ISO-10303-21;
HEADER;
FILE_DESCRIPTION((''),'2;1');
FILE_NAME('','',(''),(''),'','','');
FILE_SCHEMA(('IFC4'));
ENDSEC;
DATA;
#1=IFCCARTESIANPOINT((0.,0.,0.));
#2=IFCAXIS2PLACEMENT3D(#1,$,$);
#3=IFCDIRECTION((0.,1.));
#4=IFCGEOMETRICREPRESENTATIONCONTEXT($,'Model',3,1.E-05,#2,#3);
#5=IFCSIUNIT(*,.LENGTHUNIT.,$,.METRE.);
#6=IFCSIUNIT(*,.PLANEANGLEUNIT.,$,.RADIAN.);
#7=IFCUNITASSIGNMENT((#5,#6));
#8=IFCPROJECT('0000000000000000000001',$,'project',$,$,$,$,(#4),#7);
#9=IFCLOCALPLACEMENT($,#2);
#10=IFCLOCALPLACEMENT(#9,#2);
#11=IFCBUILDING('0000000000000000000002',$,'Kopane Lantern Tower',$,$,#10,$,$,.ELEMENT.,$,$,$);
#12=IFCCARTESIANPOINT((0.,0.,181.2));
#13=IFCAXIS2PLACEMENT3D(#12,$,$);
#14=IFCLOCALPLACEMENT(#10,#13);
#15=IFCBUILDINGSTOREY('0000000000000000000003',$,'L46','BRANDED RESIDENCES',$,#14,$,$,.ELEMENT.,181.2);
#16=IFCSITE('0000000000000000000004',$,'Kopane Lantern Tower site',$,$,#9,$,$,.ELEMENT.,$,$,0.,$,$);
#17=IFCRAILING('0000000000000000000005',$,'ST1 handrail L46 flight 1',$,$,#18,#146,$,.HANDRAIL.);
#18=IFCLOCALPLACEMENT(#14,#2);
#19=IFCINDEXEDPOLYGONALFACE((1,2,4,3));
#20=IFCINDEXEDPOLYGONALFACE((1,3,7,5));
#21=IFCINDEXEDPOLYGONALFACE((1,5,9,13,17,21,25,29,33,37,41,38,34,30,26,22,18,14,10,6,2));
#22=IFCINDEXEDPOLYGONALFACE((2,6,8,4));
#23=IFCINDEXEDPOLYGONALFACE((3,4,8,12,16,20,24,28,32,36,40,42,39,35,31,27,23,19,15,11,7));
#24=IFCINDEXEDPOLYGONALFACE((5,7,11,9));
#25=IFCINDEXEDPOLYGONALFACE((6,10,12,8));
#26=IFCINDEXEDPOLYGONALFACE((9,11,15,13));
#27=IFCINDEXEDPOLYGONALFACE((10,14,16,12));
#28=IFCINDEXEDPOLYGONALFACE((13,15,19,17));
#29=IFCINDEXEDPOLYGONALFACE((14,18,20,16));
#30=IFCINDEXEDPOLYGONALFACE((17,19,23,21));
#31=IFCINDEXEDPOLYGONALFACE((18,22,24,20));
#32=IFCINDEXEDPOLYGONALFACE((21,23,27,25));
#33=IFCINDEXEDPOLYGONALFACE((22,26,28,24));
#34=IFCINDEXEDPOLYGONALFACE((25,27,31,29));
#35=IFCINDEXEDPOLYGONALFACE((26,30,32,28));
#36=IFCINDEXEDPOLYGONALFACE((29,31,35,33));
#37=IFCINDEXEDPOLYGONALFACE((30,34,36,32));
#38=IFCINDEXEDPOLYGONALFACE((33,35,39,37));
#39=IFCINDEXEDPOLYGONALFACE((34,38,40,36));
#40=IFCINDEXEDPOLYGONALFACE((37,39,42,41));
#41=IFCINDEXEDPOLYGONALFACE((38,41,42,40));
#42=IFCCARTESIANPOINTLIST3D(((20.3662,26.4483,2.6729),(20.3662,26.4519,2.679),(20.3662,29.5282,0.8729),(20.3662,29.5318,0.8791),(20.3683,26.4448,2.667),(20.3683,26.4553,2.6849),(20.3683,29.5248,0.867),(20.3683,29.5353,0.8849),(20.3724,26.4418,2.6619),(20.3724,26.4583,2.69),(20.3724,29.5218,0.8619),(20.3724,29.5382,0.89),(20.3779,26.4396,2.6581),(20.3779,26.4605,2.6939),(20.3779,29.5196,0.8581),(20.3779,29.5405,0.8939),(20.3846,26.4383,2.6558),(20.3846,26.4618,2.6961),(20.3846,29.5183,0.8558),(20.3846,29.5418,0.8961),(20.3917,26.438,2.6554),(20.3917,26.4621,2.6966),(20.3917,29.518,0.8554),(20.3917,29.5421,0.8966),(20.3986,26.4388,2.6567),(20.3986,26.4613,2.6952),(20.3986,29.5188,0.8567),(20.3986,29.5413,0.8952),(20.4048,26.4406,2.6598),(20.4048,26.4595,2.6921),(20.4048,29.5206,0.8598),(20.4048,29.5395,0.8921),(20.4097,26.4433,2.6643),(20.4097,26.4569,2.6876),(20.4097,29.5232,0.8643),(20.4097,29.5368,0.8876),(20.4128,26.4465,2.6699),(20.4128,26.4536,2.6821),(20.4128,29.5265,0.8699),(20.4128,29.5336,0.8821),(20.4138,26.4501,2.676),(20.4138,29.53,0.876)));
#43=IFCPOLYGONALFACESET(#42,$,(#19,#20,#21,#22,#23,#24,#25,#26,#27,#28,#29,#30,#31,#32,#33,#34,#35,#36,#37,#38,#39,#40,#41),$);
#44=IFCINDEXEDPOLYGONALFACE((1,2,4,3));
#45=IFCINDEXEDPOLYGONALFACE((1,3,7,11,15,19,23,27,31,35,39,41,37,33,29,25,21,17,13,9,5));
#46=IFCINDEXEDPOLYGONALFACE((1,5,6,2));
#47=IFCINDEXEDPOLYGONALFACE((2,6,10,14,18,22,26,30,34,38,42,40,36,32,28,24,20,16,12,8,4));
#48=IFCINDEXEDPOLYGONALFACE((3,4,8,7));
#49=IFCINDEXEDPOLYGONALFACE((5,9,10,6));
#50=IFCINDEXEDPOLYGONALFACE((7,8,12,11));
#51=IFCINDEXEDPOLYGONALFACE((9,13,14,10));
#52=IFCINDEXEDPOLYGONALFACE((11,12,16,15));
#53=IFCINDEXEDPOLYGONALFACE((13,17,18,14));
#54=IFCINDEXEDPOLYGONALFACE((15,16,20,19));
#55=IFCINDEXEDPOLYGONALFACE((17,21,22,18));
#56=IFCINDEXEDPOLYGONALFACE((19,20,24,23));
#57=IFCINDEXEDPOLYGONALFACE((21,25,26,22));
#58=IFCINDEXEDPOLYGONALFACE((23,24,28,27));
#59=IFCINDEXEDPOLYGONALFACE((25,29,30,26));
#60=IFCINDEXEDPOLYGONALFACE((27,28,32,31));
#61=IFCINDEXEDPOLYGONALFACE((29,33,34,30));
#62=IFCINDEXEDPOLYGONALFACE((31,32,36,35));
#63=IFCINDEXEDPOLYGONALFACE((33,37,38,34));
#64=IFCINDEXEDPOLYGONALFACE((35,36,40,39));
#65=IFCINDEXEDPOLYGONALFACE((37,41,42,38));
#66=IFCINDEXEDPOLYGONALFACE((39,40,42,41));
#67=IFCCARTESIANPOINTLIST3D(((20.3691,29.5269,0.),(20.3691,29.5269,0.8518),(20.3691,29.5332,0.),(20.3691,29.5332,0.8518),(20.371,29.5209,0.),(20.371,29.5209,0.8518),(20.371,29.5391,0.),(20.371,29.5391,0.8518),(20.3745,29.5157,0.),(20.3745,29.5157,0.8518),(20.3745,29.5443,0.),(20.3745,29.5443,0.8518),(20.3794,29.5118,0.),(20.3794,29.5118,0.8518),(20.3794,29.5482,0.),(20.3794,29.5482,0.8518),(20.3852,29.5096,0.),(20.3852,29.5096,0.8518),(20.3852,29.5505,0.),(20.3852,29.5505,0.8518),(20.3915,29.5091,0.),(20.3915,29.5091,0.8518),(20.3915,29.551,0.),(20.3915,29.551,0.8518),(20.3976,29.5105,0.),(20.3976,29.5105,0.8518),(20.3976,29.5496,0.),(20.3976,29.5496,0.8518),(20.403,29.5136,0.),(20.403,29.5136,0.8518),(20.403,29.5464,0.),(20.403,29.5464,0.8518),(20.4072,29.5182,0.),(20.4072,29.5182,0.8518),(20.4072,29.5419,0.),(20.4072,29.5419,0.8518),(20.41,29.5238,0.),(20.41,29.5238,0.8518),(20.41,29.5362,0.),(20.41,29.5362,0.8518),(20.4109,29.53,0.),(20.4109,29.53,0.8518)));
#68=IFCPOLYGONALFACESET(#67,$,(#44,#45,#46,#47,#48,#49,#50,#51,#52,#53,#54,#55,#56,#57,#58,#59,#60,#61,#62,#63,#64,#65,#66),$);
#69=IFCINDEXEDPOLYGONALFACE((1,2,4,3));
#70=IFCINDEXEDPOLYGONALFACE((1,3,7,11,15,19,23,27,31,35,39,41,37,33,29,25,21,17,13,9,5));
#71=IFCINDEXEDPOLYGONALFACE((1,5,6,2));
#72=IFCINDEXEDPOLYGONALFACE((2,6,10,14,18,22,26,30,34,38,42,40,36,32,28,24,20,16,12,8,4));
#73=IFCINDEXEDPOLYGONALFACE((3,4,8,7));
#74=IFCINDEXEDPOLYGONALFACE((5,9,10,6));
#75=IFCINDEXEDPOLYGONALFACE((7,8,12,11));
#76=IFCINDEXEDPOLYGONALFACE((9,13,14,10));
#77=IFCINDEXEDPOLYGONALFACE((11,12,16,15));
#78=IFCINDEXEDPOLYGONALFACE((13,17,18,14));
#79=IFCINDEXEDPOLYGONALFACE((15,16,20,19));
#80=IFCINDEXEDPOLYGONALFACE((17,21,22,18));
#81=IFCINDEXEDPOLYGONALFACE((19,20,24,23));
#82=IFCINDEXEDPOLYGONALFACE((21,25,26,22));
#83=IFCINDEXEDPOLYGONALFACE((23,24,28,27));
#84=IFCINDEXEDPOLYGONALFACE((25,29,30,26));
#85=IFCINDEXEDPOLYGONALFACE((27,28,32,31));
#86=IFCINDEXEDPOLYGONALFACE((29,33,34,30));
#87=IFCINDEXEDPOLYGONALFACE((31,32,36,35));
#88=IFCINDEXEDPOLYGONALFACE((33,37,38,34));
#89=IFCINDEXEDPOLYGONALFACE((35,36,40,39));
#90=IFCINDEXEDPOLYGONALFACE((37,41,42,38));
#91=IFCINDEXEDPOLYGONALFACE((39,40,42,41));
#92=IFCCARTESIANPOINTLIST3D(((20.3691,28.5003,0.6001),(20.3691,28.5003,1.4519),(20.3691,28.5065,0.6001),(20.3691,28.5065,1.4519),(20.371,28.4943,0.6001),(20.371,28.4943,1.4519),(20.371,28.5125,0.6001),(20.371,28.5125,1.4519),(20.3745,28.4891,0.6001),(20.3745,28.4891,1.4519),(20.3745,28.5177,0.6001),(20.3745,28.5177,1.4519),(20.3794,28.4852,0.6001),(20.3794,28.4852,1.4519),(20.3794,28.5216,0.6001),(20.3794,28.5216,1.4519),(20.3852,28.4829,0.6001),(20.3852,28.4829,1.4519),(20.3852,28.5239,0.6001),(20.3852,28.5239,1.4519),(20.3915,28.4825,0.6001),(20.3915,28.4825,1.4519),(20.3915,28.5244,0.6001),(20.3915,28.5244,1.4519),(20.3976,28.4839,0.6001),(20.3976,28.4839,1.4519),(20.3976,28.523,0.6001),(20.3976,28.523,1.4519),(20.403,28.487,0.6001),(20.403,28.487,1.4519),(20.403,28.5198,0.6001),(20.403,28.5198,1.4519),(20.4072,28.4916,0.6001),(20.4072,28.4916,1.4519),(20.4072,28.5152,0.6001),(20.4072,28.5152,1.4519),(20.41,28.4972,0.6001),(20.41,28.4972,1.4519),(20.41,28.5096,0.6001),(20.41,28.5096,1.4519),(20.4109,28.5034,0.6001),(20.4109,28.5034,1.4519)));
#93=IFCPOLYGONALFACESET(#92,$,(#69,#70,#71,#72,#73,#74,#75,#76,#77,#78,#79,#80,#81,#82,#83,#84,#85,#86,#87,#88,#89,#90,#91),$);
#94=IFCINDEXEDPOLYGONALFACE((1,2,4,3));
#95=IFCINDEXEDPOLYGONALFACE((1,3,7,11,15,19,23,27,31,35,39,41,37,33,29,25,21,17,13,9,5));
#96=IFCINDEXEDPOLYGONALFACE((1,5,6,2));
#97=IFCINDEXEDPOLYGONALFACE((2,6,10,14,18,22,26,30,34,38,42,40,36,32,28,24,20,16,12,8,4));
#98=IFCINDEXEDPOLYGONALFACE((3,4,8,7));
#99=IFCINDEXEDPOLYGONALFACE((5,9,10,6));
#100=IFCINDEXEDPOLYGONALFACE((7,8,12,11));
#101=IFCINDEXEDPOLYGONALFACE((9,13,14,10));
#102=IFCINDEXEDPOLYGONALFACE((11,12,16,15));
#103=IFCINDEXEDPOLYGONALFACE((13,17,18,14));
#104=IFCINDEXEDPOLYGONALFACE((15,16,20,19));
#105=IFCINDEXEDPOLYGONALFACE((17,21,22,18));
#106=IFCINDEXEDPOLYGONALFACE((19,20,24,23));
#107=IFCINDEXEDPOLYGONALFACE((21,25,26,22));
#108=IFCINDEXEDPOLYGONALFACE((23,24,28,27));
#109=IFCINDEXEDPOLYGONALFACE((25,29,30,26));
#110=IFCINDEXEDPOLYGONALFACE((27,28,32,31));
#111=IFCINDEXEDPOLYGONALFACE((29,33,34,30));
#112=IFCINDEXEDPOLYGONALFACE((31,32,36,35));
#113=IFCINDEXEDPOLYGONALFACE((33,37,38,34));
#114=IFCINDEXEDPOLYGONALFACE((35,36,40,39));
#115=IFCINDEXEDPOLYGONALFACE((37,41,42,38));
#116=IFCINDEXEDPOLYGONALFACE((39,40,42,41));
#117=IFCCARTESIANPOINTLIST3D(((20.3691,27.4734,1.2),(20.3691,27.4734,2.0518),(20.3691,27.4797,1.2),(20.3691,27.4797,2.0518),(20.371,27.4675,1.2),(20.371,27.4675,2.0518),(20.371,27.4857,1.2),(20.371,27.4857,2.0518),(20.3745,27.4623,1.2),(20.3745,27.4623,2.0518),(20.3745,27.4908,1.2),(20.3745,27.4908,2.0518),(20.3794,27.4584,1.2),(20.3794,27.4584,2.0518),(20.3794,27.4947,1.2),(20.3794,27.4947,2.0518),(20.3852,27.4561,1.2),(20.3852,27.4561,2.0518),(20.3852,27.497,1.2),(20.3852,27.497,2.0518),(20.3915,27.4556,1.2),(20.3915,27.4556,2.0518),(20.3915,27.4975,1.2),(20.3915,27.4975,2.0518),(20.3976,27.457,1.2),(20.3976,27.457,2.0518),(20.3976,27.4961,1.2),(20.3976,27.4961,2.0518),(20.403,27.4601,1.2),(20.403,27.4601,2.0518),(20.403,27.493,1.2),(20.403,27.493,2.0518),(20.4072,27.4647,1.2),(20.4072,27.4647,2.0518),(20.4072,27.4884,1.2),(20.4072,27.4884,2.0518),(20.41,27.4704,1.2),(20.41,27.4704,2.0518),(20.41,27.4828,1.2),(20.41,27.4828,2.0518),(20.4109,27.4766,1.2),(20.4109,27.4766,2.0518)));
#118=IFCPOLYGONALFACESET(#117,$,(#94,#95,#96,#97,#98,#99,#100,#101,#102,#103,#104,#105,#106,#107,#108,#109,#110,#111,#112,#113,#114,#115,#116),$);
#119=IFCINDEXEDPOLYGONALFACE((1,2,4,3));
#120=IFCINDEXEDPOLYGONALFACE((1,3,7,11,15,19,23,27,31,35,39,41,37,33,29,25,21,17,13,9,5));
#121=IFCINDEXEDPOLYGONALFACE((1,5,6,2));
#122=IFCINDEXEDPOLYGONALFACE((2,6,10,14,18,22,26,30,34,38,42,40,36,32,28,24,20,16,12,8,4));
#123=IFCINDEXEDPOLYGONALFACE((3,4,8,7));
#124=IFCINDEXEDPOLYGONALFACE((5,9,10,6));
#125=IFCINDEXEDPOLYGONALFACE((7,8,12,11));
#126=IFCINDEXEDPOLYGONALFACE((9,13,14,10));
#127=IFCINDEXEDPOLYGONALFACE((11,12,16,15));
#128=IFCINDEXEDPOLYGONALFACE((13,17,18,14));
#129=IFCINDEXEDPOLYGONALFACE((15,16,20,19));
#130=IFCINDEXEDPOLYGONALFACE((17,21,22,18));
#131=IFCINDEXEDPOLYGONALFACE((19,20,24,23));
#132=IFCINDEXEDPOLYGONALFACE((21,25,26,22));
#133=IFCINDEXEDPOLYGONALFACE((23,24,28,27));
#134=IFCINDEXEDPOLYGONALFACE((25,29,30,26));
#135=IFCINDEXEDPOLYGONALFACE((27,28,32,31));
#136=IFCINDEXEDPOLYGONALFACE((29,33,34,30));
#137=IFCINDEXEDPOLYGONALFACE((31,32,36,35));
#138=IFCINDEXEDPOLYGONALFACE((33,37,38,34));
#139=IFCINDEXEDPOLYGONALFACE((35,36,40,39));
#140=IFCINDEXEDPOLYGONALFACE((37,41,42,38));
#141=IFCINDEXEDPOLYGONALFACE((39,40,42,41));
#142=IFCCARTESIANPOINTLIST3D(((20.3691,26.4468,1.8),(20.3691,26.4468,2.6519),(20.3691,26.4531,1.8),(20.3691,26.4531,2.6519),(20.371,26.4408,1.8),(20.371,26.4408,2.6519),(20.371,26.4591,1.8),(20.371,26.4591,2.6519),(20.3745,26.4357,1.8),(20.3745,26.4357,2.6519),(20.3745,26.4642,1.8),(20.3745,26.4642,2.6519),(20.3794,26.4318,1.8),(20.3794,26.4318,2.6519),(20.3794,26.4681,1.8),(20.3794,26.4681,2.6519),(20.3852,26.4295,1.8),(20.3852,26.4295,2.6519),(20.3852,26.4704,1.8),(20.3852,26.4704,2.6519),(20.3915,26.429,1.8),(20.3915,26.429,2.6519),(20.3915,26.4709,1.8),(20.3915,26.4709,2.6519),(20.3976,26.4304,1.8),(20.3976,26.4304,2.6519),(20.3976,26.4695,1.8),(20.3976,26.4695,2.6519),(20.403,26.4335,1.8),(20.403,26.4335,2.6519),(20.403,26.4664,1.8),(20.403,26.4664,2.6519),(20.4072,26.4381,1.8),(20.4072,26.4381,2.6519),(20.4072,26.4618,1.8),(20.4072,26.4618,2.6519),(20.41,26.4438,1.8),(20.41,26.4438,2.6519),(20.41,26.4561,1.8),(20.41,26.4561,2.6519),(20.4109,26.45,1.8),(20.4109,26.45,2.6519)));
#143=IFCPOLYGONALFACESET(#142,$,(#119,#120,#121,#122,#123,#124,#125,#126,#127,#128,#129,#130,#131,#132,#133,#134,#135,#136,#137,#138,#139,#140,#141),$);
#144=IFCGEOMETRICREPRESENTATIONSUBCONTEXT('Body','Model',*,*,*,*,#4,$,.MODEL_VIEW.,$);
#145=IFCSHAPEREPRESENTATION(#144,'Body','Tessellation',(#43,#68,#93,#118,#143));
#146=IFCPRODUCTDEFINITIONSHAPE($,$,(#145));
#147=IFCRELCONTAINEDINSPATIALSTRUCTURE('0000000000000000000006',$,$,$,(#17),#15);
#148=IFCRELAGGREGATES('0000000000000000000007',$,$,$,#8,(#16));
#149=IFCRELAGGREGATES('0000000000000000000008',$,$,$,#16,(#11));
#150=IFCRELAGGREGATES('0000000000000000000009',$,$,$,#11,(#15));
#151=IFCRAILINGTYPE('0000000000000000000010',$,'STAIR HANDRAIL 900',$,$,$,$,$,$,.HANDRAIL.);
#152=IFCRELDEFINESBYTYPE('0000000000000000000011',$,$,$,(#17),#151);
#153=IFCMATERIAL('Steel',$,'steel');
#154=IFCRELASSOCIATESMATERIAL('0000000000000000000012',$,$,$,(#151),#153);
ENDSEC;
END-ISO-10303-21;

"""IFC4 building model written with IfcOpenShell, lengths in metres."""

from ifc_helpers import new_model, si_unit, direction, frame, origin, origin_2d, place, context, subcontext, project, spatial, circle, extrude, material, type_object, element, save


model = new_model("IFC4")

# Units and contexts
model_context = context("Model", 3, precision=1e-05, world=origin(), true_north=direction((0.0, 1.0)))
body_context = subcontext(model_context, "Body", "Model", "MODEL_VIEW")
ifc_project = project(units=[si_unit("LENGTHUNIT", "METRE"), si_unit("PLANEANGLEUNIT", "RADIAN")], contexts=[model_context])

# Site, building, storey
site_placement = place(None, origin())
site = spatial("IfcSite", under=ifc_project, at=site_placement, Name="Kopane Lantern Tower site", CompositionType="ELEMENT", RefElevation=0.0)
building_placement = place(site_placement, origin())
building = spatial("IfcBuilding", under=site, at=building_placement, Name="Kopane Lantern Tower", CompositionType="ELEMENT")
storey_placement = place(building_placement, frame((0.0, 0.0, 181.2)))
storey = spatial("IfcBuildingStorey", under=building, at=storey_placement, Name="L46", Description="BRANDED RESIDENCES", CompositionType="ELEMENT", Elevation=181.2)

# Railing
ifc_material_1 = material(Name="Steel", Category="steel")
railing_type_1 = type_object("IfcRailingType", Name="STAIR HANDRAIL 900", PredefinedType="HANDRAIL", material=ifc_material_1)
for number, where, name in (
    (1, (20.3899, 29.53, 0.0), "ST1 handrail L46 flight 1"),
):
    element("IfcRailing", number, at=place(storey_placement, frame(where)), inside=storey, type_object=railing_type_1, Name=name, PredefinedType="HANDRAIL", context=body_context, shape_type="SweptSolid", body=[
        extrude(circle(Radius=0.0239, at=origin_2d()), frame((0.0, 0.0, 0.876), z_axis=(0.0, -0.863372, 0.504569), x_axis=(1.0, 0.0, 0.0)), (0.0, 0.0, 1.0), 3.5674),
        extrude(circle(Radius=0.021, at=origin_2d()), origin(), (0.0, 0.0, 1.0), 0.8518),
        extrude(circle(Radius=0.021, at=origin_2d()), frame((0.0, -1.0266, 0.6001)), (0.0, 0.0, 1.0), 0.8518),
        extrude(circle(Radius=0.021, at=origin_2d()), frame((0.0, -2.0535, 1.2)), (0.0, 0.0, 1.0), 0.8518),
        extrude(circle(Radius=0.021, at=origin_2d()), frame((0.0, -3.0801, 1.8)), (0.0, 0.0, 1.0), 0.8518),
    ])

save(model, "model.ifc")
